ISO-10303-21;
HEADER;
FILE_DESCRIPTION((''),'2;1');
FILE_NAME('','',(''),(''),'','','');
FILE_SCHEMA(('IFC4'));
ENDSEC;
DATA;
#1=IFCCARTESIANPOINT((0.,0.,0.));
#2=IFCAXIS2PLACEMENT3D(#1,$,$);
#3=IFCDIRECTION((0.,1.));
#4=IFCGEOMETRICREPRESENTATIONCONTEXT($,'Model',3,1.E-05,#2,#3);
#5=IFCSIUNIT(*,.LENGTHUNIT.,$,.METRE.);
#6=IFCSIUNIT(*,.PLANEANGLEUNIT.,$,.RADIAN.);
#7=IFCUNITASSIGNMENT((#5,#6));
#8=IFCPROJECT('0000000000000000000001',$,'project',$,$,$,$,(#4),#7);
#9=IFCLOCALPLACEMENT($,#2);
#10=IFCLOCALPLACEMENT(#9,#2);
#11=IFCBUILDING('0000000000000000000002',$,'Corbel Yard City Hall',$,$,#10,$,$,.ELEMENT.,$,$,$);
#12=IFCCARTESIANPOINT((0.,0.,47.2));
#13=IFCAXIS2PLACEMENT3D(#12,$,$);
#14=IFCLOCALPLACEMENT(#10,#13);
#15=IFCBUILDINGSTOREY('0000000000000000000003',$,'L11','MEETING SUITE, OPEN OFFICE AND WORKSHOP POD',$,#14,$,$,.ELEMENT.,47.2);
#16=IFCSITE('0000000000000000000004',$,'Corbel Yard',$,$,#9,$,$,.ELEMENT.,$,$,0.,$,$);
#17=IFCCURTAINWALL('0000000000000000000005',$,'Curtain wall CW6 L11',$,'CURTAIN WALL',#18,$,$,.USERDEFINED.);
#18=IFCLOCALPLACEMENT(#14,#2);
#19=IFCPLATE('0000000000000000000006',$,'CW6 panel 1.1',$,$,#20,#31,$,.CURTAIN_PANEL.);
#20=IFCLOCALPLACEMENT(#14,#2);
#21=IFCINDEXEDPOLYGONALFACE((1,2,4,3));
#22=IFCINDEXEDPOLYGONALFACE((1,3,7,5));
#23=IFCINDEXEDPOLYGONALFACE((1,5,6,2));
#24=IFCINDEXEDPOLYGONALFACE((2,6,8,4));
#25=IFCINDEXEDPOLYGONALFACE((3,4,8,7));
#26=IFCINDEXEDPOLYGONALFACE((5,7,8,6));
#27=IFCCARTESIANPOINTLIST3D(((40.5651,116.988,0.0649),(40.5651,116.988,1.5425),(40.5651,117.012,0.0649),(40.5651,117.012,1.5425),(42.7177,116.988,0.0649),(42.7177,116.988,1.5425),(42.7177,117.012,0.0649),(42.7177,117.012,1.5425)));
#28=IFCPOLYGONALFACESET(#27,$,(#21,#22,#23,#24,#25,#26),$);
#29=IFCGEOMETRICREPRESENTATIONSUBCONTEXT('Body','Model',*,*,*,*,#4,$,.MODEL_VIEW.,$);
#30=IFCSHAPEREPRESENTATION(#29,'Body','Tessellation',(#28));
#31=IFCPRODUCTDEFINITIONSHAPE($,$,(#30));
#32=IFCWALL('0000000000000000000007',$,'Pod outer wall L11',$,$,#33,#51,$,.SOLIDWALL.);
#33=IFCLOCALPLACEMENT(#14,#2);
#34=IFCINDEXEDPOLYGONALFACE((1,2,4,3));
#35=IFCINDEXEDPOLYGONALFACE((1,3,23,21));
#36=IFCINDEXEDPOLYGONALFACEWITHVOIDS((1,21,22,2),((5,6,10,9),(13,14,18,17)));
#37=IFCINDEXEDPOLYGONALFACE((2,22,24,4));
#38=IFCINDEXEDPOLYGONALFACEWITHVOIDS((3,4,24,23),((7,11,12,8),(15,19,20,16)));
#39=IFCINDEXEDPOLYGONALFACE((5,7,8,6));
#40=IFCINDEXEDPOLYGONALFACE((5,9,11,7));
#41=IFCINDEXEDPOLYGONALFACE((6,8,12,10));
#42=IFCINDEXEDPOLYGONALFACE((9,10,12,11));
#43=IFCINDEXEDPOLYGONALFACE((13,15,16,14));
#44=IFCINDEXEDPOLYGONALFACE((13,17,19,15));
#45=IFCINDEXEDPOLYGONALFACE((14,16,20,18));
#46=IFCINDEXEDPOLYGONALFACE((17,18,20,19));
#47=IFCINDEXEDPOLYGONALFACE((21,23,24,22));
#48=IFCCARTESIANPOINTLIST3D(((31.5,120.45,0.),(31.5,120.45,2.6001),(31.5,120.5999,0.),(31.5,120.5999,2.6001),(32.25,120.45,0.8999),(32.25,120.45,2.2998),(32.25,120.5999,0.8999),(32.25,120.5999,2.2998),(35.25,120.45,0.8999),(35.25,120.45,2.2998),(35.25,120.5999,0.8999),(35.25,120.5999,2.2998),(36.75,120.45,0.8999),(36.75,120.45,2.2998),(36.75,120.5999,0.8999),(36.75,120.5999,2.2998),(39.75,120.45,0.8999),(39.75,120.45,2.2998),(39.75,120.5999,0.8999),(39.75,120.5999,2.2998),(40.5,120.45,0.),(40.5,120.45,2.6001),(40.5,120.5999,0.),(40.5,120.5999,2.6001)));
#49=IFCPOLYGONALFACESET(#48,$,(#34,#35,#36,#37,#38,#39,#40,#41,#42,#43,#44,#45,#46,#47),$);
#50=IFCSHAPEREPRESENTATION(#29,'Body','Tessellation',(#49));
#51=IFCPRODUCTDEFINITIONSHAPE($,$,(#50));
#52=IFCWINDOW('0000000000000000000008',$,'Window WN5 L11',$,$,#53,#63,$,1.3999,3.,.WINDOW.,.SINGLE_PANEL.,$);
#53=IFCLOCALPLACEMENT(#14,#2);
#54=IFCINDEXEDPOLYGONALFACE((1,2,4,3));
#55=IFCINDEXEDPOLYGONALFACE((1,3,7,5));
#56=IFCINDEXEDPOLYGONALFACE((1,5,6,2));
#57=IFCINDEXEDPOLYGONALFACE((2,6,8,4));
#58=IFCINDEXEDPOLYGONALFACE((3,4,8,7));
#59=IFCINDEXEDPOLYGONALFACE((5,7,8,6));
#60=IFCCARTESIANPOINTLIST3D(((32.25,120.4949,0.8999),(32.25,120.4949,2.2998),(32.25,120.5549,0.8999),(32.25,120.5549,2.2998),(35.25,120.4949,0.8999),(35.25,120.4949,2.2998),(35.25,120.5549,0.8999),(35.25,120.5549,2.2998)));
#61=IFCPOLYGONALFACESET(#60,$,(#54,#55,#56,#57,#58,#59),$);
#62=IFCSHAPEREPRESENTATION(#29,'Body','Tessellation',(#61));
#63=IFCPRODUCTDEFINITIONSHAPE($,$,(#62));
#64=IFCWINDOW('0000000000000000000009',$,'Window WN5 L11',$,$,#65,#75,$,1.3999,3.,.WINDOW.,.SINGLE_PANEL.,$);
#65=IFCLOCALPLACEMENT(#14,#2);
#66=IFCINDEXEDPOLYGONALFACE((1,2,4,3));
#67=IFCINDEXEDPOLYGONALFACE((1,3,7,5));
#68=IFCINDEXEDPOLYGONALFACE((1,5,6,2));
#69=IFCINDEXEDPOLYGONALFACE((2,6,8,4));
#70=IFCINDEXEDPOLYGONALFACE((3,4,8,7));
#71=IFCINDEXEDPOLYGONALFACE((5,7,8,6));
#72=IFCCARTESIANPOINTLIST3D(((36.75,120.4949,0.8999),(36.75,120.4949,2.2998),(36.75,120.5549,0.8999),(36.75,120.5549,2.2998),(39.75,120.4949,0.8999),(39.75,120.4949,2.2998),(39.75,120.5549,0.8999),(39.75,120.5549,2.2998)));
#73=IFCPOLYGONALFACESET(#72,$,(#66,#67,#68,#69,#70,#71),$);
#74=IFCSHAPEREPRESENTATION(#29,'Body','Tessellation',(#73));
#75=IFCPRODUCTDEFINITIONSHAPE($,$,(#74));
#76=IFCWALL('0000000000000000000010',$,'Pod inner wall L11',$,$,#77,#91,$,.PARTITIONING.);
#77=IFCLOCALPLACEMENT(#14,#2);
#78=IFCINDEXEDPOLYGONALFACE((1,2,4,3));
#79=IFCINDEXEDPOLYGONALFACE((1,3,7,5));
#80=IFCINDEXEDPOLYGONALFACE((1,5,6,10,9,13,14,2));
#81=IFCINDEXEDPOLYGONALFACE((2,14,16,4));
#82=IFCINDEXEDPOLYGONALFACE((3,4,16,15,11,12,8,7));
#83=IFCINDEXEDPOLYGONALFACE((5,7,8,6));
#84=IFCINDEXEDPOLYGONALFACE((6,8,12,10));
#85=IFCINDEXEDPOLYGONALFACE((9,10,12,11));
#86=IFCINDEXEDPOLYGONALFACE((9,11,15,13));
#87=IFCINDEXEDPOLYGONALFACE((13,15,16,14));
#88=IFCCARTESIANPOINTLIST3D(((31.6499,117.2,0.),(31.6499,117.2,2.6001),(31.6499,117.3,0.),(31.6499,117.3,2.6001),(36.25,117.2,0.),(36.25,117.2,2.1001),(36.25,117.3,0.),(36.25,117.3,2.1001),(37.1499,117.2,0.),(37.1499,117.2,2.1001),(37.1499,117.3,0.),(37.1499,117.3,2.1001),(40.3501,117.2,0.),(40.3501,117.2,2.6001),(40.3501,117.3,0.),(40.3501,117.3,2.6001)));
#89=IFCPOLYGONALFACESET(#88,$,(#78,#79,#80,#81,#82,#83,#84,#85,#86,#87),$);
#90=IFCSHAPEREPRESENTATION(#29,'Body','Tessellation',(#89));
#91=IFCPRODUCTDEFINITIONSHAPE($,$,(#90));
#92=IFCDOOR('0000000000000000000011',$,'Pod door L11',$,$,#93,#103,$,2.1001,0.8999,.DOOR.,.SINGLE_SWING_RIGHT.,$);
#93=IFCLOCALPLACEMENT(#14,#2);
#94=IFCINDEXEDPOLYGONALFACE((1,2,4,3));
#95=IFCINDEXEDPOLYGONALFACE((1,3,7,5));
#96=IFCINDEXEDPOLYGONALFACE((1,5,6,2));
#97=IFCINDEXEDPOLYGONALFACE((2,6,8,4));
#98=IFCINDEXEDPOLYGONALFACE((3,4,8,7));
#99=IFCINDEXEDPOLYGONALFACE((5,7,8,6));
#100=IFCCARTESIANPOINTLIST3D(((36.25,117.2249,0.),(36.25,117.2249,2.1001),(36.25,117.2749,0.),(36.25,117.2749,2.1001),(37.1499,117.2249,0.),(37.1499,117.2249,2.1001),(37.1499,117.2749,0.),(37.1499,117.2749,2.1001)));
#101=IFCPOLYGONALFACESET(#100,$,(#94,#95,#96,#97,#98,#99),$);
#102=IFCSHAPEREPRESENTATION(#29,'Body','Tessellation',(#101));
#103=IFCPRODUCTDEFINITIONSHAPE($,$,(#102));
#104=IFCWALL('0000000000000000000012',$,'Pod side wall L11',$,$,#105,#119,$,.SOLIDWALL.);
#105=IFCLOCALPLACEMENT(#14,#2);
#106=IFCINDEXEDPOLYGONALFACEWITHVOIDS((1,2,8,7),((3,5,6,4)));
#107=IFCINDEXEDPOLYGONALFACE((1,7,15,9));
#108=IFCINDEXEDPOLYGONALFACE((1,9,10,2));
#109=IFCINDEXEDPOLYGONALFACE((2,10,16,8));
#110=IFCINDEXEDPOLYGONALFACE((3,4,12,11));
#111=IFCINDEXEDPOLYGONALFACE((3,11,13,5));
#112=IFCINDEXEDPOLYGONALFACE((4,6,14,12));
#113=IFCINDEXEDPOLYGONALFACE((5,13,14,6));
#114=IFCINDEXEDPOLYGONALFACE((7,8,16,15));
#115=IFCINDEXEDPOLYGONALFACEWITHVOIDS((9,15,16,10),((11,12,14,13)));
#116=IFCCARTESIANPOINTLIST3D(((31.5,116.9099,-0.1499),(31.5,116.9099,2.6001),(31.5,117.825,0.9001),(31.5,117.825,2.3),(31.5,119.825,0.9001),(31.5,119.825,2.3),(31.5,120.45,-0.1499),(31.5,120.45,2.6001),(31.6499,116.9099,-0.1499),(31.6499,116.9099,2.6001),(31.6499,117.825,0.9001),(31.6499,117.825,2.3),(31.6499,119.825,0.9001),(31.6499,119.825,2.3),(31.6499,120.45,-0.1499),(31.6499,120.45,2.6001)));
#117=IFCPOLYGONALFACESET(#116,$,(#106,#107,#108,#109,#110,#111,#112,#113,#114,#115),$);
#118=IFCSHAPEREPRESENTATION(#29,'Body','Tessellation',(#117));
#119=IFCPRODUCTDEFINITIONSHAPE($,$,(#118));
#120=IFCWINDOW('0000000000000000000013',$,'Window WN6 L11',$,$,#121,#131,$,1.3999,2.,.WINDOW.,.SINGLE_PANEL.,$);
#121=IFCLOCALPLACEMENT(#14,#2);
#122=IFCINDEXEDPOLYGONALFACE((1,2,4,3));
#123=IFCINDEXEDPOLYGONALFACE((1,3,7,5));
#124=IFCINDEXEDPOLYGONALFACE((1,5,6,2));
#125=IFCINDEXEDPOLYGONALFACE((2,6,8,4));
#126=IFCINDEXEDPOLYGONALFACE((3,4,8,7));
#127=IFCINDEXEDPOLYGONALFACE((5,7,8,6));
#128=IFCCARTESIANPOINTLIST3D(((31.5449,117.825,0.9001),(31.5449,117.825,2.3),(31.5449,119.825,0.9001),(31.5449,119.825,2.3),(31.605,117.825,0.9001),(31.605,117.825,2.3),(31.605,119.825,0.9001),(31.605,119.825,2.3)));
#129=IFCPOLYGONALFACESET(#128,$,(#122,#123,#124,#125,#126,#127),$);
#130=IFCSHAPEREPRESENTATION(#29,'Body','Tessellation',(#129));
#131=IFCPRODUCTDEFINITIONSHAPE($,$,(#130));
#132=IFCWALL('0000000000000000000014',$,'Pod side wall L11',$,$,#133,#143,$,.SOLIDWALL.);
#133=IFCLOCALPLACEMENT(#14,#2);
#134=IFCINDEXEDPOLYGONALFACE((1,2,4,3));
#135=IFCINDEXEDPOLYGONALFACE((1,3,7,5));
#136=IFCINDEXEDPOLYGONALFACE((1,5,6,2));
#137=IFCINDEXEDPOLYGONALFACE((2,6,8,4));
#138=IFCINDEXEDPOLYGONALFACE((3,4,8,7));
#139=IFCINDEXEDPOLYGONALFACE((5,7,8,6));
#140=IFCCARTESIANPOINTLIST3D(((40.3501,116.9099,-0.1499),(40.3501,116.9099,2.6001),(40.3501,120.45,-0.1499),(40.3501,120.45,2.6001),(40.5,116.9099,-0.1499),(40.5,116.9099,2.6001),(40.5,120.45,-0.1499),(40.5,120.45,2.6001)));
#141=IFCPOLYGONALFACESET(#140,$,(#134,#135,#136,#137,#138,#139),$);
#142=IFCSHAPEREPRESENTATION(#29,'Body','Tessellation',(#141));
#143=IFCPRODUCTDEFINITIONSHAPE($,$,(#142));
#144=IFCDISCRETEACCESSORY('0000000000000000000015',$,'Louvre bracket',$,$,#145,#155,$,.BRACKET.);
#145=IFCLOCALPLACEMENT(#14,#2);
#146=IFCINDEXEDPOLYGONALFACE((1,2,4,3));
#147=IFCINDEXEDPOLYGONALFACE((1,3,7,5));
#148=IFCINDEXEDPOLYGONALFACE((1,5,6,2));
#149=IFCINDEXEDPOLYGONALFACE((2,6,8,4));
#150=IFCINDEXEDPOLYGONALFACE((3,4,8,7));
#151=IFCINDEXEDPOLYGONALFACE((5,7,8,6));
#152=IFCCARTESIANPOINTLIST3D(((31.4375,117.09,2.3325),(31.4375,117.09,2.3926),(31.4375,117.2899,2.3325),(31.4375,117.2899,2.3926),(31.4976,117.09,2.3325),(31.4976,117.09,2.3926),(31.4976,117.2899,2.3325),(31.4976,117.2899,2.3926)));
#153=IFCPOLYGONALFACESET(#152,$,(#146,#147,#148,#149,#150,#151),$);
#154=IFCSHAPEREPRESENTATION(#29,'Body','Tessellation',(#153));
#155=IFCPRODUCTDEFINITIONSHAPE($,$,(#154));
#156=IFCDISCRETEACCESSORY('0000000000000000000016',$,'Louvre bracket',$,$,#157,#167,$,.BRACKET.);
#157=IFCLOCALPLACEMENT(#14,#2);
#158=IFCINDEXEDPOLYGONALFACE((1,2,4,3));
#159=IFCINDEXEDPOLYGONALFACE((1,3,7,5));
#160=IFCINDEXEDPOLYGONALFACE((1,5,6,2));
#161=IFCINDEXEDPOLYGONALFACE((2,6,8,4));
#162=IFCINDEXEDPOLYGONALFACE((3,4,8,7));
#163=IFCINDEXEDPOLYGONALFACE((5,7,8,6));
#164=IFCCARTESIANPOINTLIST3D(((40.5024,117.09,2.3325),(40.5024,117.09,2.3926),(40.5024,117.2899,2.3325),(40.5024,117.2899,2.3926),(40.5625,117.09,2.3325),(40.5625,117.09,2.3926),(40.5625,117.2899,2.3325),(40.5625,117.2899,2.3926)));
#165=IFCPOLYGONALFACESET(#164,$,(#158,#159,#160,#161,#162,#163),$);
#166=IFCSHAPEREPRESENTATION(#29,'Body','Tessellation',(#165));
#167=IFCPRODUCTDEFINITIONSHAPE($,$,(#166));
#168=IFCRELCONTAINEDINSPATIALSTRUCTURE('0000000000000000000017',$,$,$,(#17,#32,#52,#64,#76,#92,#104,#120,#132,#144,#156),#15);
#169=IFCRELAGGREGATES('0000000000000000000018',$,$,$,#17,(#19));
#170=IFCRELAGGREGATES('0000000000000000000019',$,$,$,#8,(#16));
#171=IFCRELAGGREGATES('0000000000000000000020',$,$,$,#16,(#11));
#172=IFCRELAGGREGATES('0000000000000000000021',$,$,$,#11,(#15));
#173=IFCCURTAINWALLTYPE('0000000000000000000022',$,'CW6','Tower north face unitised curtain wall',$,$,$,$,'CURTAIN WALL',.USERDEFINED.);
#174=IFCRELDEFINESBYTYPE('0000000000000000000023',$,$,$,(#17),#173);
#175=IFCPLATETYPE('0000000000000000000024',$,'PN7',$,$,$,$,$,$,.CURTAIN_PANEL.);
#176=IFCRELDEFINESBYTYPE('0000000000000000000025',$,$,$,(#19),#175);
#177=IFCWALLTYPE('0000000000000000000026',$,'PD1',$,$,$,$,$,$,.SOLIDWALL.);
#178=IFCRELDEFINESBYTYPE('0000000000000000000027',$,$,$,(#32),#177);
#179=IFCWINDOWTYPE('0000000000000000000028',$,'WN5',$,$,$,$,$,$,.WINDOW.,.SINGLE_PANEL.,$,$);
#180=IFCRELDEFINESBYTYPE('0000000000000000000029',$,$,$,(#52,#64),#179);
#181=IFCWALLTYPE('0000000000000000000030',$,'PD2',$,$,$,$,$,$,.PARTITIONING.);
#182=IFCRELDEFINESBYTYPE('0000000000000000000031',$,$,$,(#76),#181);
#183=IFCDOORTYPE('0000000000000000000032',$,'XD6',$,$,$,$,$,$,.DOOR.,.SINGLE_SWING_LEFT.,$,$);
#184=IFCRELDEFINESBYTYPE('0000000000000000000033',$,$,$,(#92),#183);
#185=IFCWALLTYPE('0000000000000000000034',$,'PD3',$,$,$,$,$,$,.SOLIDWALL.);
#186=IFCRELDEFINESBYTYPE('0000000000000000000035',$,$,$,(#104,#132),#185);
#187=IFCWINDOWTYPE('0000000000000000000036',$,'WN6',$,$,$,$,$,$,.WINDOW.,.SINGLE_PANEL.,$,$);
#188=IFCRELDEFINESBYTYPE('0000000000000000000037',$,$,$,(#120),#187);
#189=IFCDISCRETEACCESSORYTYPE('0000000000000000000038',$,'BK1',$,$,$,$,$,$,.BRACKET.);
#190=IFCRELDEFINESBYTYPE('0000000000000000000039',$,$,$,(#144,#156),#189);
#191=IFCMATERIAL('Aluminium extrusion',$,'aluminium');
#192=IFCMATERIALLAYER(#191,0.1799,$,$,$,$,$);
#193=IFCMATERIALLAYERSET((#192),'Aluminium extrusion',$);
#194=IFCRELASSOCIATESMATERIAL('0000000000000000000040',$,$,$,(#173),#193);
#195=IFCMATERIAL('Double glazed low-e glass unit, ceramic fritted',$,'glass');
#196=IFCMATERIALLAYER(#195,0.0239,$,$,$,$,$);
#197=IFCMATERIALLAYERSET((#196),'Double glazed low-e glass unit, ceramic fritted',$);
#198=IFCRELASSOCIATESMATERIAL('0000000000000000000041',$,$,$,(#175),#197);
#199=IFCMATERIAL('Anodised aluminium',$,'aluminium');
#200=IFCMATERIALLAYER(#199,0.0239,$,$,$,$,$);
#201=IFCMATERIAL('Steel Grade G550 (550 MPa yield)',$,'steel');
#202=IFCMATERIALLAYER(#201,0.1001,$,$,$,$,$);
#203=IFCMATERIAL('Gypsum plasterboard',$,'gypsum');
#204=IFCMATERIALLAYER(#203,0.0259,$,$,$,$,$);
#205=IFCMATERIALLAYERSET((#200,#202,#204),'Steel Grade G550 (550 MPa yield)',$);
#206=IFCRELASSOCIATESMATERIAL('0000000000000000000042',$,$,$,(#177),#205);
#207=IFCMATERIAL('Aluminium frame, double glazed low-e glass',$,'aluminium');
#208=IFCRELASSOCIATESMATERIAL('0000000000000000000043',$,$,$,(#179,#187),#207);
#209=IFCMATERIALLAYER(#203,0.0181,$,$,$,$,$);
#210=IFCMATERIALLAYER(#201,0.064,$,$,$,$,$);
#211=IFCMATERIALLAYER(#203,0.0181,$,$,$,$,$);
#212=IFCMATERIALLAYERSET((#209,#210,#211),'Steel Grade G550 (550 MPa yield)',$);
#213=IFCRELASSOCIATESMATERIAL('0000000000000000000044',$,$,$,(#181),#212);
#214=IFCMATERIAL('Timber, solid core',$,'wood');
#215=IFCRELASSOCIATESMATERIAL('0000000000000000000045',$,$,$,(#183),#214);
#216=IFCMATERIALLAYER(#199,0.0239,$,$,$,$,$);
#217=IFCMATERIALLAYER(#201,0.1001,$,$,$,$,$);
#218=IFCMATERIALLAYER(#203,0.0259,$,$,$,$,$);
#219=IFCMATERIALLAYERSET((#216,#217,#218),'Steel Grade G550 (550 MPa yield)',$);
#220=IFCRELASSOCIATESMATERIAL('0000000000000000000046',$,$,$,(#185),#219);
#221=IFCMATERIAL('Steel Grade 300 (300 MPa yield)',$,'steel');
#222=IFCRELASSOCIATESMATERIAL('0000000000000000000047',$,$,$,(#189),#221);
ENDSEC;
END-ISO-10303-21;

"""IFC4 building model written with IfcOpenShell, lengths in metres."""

from ifc_helpers import new_model, si_unit, direction, frame, frame_2d, origin, origin_2d, place, context, subcontext, project, spatial, rectangle, extrude, material, layer, layer_set, type_object, element, fill, aggregate, save


model = new_model("IFC4")

# Units and contexts
model_context = context("Model", 3, precision=1e-05, world=origin(), true_north=direction((0.0, 1.0)))
body_context = subcontext(model_context, "Body", "Model", "MODEL_VIEW")
ifc_project = project(units=[si_unit("LENGTHUNIT", "METRE"), si_unit("PLANEANGLEUNIT", "RADIAN")], contexts=[model_context])

# Site, building, storey
site_placement = place(None, origin())
site = spatial("IfcSite", under=ifc_project, at=site_placement, Name="Corbel Yard", CompositionType="ELEMENT", RefElevation=0.0)
building_placement = place(site_placement, origin())
building = spatial("IfcBuilding", under=site, at=building_placement, Name="Corbel Yard City Hall", CompositionType="ELEMENT")
storey_placement = place(building_placement, frame((0.0, 0.0, 47.2)))
storey = spatial("IfcBuildingStorey", under=building, at=storey_placement, Name="L11", Description="MEETING SUITE, OPEN OFFICE AND WORKSHOP POD", CompositionType="ELEMENT", Elevation=47.2)

# Curtain wall
ifc_material_1 = material(Name="Aluminium extrusion", Category="aluminium")
ifc_layer_1 = layer(ifc_material_1, 0.1799)
ifc_layer_set_1 = layer_set([ifc_layer_1], Name="Aluminium extrusion")
curtain_wall_type = type_object("IfcCurtainWallType", Name="CW6", Description="Tower north face unitised curtain wall", ElementType="CURTAIN WALL", PredefinedType="USERDEFINED", material=ifc_layer_set_1)
curtain_wall_placement = place(storey_placement, origin())
curtain_wall = element("IfcCurtainWall", 1, at=curtain_wall_placement, inside=storey, type_object=curtain_wall_type, Name="Curtain wall CW6 L11", ObjectType="CURTAIN WALL", PredefinedType="USERDEFINED")

# Shared definitions
ifc_material_2 = material(Name="Steel Grade 300 (300 MPa yield)", Category="steel")

# Plate
ifc_material_3 = material(Name="Double glazed low-e glass unit, ceramic fritted", Category="glass")
ifc_layer_2 = layer(ifc_material_3, 0.0239)
ifc_layer_set_2 = layer_set([ifc_layer_2], Name="Double glazed low-e glass unit, ceramic fritted")
plate_type = type_object("IfcPlateType", Name="PN7", PredefinedType="CURTAIN_PANEL", material=ifc_layer_set_2)
plate_placement = place(storey_placement, frame((41.6414, 117.0, 0.0649), z_axis=(0.0, 0.0, 1.0), x_axis=(1.0, 0.0, 0.0)))
plate = element("IfcPlate", 2, at=plate_placement, type_object=plate_type, Name="CW6 panel 1.1", PredefinedType="CURTAIN_PANEL", context=body_context, shape_type="SweptSolid", body=[
    extrude(rectangle(XDim=2.1526, YDim=0.0239, at=origin_2d()), origin(), (0.0, 0.0, 1.0), 1.4775),
])
aggregate(curtain_wall, [plate])

# Wall, openings, windows
ifc_material_4 = material(Name="Anodised aluminium", Category="aluminium")
ifc_layer_3 = layer(ifc_material_4, 0.0239)
ifc_material_5 = material(Name="Steel Grade G550 (550 MPa yield)", Category="steel")
ifc_layer_4 = layer(ifc_material_5, 0.1001)
ifc_material_6 = material(Name="Gypsum plasterboard", Category="gypsum")
ifc_layer_5 = layer(ifc_material_6, 0.0259)
ifc_layer_set_3 = layer_set([ifc_layer_3, ifc_layer_4, ifc_layer_5], Name="Steel Grade G550 (550 MPa yield)")
wall_type_1 = type_object("IfcWallType", Name="PD1", PredefinedType="SOLIDWALL", material=ifc_layer_set_3)
wall_1_placement = place(storey_placement, frame((31.5, 120.5249, 0.0), z_axis=(0.0, 0.0, 1.0), x_axis=(1.0, 0.0, 0.0)))
wall_1 = element("IfcWall", 3, at=wall_1_placement, inside=storey, type_object=wall_type_1, Name="Pod outer wall L11", PredefinedType="SOLIDWALL", context=body_context, shape_type="SweptSolid", body=[
    extrude(rectangle(XDim=9.0, YDim=0.1499, at=frame_2d((4.5, 0.0))), origin(), (0.0, 0.0, 1.0), 2.6001),
])
opening_1_placement = place(wall_1_placement, frame((0.75, 0.0, 0.8999)))
opening_1 = element("IfcOpeningElement", 4, at=opening_1_placement, cuts=wall_1, PredefinedType="OPENING", context=body_context, shape_type="SweptSolid", body=[
    extrude(rectangle(XDim=3.0, YDim=1.3999, at=frame_2d((1.5, 0.7))), frame((0.0, 0.085, 0.0), z_axis=(0.0, -1.0, 0.0), x_axis=(1.0, 0.0, 0.0)), (0.0, 0.0, 1.0), 0.1699),
])
opening_2_placement = place(wall_1_placement, frame((5.25, 0.0, 0.8999)))
opening_2 = element("IfcOpeningElement", 5, at=opening_2_placement, cuts=wall_1, PredefinedType="OPENING", context=body_context, shape_type="SweptSolid", body=[
    extrude(rectangle(XDim=3.0, YDim=1.3999, at=frame_2d((1.5, 0.7))), frame((0.0, 0.085, 0.0), z_axis=(0.0, -1.0, 0.0), x_axis=(1.0, 0.0, 0.0)), (0.0, 0.0, 1.0), 0.1699),
])
ifc_material_7 = material(Name="Aluminium frame, double glazed low-e glass", Category="aluminium")
window_type_1 = type_object("IfcWindowType", Name="WN5", PartitioningType="SINGLE_PANEL", PredefinedType="WINDOW", material=ifc_material_7)
window_1_placement = place(opening_1_placement, origin())
window_1 = element("IfcWindow", 6, at=window_1_placement, inside=storey, type_object=window_type_1, Name="Window WN5 L11", OverallHeight=1.3999, OverallWidth=3.0, PartitioningType="SINGLE_PANEL", PredefinedType="WINDOW", context=body_context, shape_type="SweptSolid", body=[
    extrude(rectangle(XDim=3.0, YDim=1.3999, at=frame_2d((1.5, 0.7))), frame((0.0, 0.03, 0.0), z_axis=(0.0, -1.0, 0.0), x_axis=(1.0, 0.0, 0.0)), (0.0, 0.0, 1.0), 0.0601),
])
fill(opening_1, window_1)
window_2_placement = place(opening_2_placement, origin())
window_2 = element("IfcWindow", 7, at=window_2_placement, inside=storey, type_object=window_type_1, Name="Window WN5 L11", OverallHeight=1.3999, OverallWidth=3.0, PartitioningType="SINGLE_PANEL", PredefinedType="WINDOW", context=body_context, shape_type="SweptSolid", body=[
    extrude(rectangle(XDim=3.0, YDim=1.3999, at=frame_2d((1.5, 0.7))), frame((0.0, 0.03, 0.0), z_axis=(0.0, -1.0, 0.0), x_axis=(1.0, 0.0, 0.0)), (0.0, 0.0, 1.0), 0.0601),
])
fill(opening_2, window_2)

# Wall, opening, door
ifc_layer_6 = layer(ifc_material_6, 0.0181)
ifc_layer_7 = layer(ifc_material_5, 0.064)
ifc_layer_8 = layer(ifc_material_6, 0.0181)
ifc_layer_set_4 = layer_set([ifc_layer_6, ifc_layer_7, ifc_layer_8], Name="Steel Grade G550 (550 MPa yield)")
wall_type_2 = type_object("IfcWallType", Name="PD2", PredefinedType="PARTITIONING", material=ifc_layer_set_4)
wall_2_placement = place(storey_placement, frame((31.6499, 117.25, 0.0), z_axis=(0.0, 0.0, 1.0), x_axis=(1.0, 0.0, 0.0)))
wall_2 = element("IfcWall", 8, at=wall_2_placement, inside=storey, type_object=wall_type_2, Name="Pod inner wall L11", PredefinedType="PARTITIONING", context=body_context, shape_type="SweptSolid", body=[
    extrude(rectangle(XDim=8.7002, YDim=0.1001, at=frame_2d((4.3501, 0.0))), origin(), (0.0, 0.0, 1.0), 2.6001),
])
opening_3_placement = place(wall_2_placement, frame((4.6001, 0.0, 0.0)))
opening_3 = element("IfcOpeningElement", 9, at=opening_3_placement, cuts=wall_2, PredefinedType="OPENING", context=body_context, shape_type="SweptSolid", body=[
    extrude(rectangle(XDim=0.8999, YDim=2.1001, at=frame_2d((0.45, 1.05))), frame((0.0, 0.0601, 0.0), z_axis=(0.0, -1.0, 0.0), x_axis=(1.0, 0.0, 0.0)), (0.0, 0.0, 1.0), 0.1201),
])
ifc_material_8 = material(Name="Timber, solid core", Category="wood")
door_type = type_object("IfcDoorType", Name="XD6", OperationType="SINGLE_SWING_LEFT", PredefinedType="DOOR", material=ifc_material_8)
door_placement = place(opening_3_placement, origin())
door = element("IfcDoor", 10, at=door_placement, inside=storey, type_object=door_type, Name="Pod door L11", OperationType="SINGLE_SWING_RIGHT", OverallHeight=2.1001, OverallWidth=0.8999, PredefinedType="DOOR", context=body_context, shape_type="SweptSolid", body=[
    extrude(rectangle(XDim=0.8999, YDim=2.1001, at=frame_2d((0.45, 1.05))), frame((0.0, 0.0249, 0.0), z_axis=(0.0, -1.0, 0.0), x_axis=(1.0, 0.0, 0.0)), (0.0, 0.0, 1.0), 0.05),
])
fill(opening_3, door)

# Wall, opening, window
ifc_layer_9 = layer(ifc_material_4, 0.0239)
ifc_layer_10 = layer(ifc_material_5, 0.1001)
ifc_layer_11 = layer(ifc_material_6, 0.0259)
ifc_layer_set_5 = layer_set([ifc_layer_9, ifc_layer_10, ifc_layer_11], Name="Steel Grade G550 (550 MPa yield)")
wall_type_3 = type_object("IfcWallType", Name="PD3", PredefinedType="SOLIDWALL", material=ifc_layer_set_5)
wall_3_placement = place(storey_placement, frame((31.575, 120.45, -0.1499), z_axis=(0.0, 0.0, 1.0), x_axis=(0.0, -1.0, 0.0)))
wall_3 = element("IfcWall", 11, at=wall_3_placement, inside=storey, type_object=wall_type_3, Name="Pod side wall L11", PredefinedType="SOLIDWALL", context=body_context, shape_type="SweptSolid", body=[
    extrude(rectangle(XDim=3.54, YDim=0.1499, at=frame_2d((1.77, 0.0))), origin(), (0.0, 0.0, 1.0), 2.75),
])
opening_4_placement = place(wall_3_placement, frame((0.625, 0.0, 1.05)))
opening_4 = element("IfcOpeningElement", 12, at=opening_4_placement, cuts=wall_3, PredefinedType="OPENING", context=body_context, shape_type="SweptSolid", body=[
    extrude(rectangle(XDim=2.0, YDim=1.3999, at=frame_2d((1.0, 0.7))), frame((0.0, 0.085, 0.0), z_axis=(0.0, -1.0, 0.0), x_axis=(1.0, 0.0, 0.0)), (0.0, 0.0, 1.0), 0.1699),
])
window_type_2 = type_object("IfcWindowType", Name="WN6", PartitioningType="SINGLE_PANEL", PredefinedType="WINDOW", material=ifc_material_7)
window_3_placement = place(opening_4_placement, origin())
window_3 = element("IfcWindow", 13, at=window_3_placement, inside=storey, type_object=window_type_2, Name="Window WN6 L11", OverallHeight=1.3999, OverallWidth=2.0, PartitioningType="SINGLE_PANEL", PredefinedType="WINDOW", context=body_context, shape_type="SweptSolid", body=[
    extrude(rectangle(XDim=2.0, YDim=1.3999, at=frame_2d((1.0, 0.7))), frame((0.0, 0.03, 0.0), z_axis=(0.0, -1.0, 0.0), x_axis=(1.0, 0.0, 0.0)), (0.0, 0.0, 1.0), 0.0601),
])
fill(opening_4, window_3)

# Wall
wall_4_placement = place(storey_placement, frame((40.425, 120.45, -0.1499), z_axis=(0.0, 0.0, 1.0), x_axis=(0.0, -1.0, 0.0)))
element("IfcWall", 14, at=wall_4_placement, inside=storey, type_object=wall_type_3, Name="Pod side wall L11", PredefinedType="SOLIDWALL", context=body_context, shape_type="SweptSolid", body=[
    extrude(rectangle(XDim=3.54, YDim=0.1499, at=frame_2d((1.77, 0.0))), origin(), (0.0, 0.0, 1.0), 2.75),
])

# Discrete accessories
discrete_accessory_type = type_object("IfcDiscreteAccessoryType", Name="BK1", PredefinedType="BRACKET", material=ifc_material_2)
for number, where, z_axis, x_axis, name in (
    (15, (31.4675, 117.1899, 2.3325), (0.0, 0.0, 1.0), (1.0, 0.0, 0.0), "Louvre bracket"),
    (16, (40.5325, 117.1899, 2.3325), (0.0, 0.0, 1.0), (1.0, 0.0, 0.0), "Louvre bracket"),
):
    element("IfcDiscreteAccessory", number, at=place(storey_placement, frame(where, z_axis=z_axis, x_axis=x_axis)), inside=storey, type_object=discrete_accessory_type, Name=name, PredefinedType="BRACKET", context=body_context, shape_type="SweptSolid", body=[
        extrude(rectangle(XDim=0.0601, YDim=0.2, at=origin_2d()), origin(), (0.0, 0.0, 1.0), 0.0601),
    ])

save(model, "model.ifc")
